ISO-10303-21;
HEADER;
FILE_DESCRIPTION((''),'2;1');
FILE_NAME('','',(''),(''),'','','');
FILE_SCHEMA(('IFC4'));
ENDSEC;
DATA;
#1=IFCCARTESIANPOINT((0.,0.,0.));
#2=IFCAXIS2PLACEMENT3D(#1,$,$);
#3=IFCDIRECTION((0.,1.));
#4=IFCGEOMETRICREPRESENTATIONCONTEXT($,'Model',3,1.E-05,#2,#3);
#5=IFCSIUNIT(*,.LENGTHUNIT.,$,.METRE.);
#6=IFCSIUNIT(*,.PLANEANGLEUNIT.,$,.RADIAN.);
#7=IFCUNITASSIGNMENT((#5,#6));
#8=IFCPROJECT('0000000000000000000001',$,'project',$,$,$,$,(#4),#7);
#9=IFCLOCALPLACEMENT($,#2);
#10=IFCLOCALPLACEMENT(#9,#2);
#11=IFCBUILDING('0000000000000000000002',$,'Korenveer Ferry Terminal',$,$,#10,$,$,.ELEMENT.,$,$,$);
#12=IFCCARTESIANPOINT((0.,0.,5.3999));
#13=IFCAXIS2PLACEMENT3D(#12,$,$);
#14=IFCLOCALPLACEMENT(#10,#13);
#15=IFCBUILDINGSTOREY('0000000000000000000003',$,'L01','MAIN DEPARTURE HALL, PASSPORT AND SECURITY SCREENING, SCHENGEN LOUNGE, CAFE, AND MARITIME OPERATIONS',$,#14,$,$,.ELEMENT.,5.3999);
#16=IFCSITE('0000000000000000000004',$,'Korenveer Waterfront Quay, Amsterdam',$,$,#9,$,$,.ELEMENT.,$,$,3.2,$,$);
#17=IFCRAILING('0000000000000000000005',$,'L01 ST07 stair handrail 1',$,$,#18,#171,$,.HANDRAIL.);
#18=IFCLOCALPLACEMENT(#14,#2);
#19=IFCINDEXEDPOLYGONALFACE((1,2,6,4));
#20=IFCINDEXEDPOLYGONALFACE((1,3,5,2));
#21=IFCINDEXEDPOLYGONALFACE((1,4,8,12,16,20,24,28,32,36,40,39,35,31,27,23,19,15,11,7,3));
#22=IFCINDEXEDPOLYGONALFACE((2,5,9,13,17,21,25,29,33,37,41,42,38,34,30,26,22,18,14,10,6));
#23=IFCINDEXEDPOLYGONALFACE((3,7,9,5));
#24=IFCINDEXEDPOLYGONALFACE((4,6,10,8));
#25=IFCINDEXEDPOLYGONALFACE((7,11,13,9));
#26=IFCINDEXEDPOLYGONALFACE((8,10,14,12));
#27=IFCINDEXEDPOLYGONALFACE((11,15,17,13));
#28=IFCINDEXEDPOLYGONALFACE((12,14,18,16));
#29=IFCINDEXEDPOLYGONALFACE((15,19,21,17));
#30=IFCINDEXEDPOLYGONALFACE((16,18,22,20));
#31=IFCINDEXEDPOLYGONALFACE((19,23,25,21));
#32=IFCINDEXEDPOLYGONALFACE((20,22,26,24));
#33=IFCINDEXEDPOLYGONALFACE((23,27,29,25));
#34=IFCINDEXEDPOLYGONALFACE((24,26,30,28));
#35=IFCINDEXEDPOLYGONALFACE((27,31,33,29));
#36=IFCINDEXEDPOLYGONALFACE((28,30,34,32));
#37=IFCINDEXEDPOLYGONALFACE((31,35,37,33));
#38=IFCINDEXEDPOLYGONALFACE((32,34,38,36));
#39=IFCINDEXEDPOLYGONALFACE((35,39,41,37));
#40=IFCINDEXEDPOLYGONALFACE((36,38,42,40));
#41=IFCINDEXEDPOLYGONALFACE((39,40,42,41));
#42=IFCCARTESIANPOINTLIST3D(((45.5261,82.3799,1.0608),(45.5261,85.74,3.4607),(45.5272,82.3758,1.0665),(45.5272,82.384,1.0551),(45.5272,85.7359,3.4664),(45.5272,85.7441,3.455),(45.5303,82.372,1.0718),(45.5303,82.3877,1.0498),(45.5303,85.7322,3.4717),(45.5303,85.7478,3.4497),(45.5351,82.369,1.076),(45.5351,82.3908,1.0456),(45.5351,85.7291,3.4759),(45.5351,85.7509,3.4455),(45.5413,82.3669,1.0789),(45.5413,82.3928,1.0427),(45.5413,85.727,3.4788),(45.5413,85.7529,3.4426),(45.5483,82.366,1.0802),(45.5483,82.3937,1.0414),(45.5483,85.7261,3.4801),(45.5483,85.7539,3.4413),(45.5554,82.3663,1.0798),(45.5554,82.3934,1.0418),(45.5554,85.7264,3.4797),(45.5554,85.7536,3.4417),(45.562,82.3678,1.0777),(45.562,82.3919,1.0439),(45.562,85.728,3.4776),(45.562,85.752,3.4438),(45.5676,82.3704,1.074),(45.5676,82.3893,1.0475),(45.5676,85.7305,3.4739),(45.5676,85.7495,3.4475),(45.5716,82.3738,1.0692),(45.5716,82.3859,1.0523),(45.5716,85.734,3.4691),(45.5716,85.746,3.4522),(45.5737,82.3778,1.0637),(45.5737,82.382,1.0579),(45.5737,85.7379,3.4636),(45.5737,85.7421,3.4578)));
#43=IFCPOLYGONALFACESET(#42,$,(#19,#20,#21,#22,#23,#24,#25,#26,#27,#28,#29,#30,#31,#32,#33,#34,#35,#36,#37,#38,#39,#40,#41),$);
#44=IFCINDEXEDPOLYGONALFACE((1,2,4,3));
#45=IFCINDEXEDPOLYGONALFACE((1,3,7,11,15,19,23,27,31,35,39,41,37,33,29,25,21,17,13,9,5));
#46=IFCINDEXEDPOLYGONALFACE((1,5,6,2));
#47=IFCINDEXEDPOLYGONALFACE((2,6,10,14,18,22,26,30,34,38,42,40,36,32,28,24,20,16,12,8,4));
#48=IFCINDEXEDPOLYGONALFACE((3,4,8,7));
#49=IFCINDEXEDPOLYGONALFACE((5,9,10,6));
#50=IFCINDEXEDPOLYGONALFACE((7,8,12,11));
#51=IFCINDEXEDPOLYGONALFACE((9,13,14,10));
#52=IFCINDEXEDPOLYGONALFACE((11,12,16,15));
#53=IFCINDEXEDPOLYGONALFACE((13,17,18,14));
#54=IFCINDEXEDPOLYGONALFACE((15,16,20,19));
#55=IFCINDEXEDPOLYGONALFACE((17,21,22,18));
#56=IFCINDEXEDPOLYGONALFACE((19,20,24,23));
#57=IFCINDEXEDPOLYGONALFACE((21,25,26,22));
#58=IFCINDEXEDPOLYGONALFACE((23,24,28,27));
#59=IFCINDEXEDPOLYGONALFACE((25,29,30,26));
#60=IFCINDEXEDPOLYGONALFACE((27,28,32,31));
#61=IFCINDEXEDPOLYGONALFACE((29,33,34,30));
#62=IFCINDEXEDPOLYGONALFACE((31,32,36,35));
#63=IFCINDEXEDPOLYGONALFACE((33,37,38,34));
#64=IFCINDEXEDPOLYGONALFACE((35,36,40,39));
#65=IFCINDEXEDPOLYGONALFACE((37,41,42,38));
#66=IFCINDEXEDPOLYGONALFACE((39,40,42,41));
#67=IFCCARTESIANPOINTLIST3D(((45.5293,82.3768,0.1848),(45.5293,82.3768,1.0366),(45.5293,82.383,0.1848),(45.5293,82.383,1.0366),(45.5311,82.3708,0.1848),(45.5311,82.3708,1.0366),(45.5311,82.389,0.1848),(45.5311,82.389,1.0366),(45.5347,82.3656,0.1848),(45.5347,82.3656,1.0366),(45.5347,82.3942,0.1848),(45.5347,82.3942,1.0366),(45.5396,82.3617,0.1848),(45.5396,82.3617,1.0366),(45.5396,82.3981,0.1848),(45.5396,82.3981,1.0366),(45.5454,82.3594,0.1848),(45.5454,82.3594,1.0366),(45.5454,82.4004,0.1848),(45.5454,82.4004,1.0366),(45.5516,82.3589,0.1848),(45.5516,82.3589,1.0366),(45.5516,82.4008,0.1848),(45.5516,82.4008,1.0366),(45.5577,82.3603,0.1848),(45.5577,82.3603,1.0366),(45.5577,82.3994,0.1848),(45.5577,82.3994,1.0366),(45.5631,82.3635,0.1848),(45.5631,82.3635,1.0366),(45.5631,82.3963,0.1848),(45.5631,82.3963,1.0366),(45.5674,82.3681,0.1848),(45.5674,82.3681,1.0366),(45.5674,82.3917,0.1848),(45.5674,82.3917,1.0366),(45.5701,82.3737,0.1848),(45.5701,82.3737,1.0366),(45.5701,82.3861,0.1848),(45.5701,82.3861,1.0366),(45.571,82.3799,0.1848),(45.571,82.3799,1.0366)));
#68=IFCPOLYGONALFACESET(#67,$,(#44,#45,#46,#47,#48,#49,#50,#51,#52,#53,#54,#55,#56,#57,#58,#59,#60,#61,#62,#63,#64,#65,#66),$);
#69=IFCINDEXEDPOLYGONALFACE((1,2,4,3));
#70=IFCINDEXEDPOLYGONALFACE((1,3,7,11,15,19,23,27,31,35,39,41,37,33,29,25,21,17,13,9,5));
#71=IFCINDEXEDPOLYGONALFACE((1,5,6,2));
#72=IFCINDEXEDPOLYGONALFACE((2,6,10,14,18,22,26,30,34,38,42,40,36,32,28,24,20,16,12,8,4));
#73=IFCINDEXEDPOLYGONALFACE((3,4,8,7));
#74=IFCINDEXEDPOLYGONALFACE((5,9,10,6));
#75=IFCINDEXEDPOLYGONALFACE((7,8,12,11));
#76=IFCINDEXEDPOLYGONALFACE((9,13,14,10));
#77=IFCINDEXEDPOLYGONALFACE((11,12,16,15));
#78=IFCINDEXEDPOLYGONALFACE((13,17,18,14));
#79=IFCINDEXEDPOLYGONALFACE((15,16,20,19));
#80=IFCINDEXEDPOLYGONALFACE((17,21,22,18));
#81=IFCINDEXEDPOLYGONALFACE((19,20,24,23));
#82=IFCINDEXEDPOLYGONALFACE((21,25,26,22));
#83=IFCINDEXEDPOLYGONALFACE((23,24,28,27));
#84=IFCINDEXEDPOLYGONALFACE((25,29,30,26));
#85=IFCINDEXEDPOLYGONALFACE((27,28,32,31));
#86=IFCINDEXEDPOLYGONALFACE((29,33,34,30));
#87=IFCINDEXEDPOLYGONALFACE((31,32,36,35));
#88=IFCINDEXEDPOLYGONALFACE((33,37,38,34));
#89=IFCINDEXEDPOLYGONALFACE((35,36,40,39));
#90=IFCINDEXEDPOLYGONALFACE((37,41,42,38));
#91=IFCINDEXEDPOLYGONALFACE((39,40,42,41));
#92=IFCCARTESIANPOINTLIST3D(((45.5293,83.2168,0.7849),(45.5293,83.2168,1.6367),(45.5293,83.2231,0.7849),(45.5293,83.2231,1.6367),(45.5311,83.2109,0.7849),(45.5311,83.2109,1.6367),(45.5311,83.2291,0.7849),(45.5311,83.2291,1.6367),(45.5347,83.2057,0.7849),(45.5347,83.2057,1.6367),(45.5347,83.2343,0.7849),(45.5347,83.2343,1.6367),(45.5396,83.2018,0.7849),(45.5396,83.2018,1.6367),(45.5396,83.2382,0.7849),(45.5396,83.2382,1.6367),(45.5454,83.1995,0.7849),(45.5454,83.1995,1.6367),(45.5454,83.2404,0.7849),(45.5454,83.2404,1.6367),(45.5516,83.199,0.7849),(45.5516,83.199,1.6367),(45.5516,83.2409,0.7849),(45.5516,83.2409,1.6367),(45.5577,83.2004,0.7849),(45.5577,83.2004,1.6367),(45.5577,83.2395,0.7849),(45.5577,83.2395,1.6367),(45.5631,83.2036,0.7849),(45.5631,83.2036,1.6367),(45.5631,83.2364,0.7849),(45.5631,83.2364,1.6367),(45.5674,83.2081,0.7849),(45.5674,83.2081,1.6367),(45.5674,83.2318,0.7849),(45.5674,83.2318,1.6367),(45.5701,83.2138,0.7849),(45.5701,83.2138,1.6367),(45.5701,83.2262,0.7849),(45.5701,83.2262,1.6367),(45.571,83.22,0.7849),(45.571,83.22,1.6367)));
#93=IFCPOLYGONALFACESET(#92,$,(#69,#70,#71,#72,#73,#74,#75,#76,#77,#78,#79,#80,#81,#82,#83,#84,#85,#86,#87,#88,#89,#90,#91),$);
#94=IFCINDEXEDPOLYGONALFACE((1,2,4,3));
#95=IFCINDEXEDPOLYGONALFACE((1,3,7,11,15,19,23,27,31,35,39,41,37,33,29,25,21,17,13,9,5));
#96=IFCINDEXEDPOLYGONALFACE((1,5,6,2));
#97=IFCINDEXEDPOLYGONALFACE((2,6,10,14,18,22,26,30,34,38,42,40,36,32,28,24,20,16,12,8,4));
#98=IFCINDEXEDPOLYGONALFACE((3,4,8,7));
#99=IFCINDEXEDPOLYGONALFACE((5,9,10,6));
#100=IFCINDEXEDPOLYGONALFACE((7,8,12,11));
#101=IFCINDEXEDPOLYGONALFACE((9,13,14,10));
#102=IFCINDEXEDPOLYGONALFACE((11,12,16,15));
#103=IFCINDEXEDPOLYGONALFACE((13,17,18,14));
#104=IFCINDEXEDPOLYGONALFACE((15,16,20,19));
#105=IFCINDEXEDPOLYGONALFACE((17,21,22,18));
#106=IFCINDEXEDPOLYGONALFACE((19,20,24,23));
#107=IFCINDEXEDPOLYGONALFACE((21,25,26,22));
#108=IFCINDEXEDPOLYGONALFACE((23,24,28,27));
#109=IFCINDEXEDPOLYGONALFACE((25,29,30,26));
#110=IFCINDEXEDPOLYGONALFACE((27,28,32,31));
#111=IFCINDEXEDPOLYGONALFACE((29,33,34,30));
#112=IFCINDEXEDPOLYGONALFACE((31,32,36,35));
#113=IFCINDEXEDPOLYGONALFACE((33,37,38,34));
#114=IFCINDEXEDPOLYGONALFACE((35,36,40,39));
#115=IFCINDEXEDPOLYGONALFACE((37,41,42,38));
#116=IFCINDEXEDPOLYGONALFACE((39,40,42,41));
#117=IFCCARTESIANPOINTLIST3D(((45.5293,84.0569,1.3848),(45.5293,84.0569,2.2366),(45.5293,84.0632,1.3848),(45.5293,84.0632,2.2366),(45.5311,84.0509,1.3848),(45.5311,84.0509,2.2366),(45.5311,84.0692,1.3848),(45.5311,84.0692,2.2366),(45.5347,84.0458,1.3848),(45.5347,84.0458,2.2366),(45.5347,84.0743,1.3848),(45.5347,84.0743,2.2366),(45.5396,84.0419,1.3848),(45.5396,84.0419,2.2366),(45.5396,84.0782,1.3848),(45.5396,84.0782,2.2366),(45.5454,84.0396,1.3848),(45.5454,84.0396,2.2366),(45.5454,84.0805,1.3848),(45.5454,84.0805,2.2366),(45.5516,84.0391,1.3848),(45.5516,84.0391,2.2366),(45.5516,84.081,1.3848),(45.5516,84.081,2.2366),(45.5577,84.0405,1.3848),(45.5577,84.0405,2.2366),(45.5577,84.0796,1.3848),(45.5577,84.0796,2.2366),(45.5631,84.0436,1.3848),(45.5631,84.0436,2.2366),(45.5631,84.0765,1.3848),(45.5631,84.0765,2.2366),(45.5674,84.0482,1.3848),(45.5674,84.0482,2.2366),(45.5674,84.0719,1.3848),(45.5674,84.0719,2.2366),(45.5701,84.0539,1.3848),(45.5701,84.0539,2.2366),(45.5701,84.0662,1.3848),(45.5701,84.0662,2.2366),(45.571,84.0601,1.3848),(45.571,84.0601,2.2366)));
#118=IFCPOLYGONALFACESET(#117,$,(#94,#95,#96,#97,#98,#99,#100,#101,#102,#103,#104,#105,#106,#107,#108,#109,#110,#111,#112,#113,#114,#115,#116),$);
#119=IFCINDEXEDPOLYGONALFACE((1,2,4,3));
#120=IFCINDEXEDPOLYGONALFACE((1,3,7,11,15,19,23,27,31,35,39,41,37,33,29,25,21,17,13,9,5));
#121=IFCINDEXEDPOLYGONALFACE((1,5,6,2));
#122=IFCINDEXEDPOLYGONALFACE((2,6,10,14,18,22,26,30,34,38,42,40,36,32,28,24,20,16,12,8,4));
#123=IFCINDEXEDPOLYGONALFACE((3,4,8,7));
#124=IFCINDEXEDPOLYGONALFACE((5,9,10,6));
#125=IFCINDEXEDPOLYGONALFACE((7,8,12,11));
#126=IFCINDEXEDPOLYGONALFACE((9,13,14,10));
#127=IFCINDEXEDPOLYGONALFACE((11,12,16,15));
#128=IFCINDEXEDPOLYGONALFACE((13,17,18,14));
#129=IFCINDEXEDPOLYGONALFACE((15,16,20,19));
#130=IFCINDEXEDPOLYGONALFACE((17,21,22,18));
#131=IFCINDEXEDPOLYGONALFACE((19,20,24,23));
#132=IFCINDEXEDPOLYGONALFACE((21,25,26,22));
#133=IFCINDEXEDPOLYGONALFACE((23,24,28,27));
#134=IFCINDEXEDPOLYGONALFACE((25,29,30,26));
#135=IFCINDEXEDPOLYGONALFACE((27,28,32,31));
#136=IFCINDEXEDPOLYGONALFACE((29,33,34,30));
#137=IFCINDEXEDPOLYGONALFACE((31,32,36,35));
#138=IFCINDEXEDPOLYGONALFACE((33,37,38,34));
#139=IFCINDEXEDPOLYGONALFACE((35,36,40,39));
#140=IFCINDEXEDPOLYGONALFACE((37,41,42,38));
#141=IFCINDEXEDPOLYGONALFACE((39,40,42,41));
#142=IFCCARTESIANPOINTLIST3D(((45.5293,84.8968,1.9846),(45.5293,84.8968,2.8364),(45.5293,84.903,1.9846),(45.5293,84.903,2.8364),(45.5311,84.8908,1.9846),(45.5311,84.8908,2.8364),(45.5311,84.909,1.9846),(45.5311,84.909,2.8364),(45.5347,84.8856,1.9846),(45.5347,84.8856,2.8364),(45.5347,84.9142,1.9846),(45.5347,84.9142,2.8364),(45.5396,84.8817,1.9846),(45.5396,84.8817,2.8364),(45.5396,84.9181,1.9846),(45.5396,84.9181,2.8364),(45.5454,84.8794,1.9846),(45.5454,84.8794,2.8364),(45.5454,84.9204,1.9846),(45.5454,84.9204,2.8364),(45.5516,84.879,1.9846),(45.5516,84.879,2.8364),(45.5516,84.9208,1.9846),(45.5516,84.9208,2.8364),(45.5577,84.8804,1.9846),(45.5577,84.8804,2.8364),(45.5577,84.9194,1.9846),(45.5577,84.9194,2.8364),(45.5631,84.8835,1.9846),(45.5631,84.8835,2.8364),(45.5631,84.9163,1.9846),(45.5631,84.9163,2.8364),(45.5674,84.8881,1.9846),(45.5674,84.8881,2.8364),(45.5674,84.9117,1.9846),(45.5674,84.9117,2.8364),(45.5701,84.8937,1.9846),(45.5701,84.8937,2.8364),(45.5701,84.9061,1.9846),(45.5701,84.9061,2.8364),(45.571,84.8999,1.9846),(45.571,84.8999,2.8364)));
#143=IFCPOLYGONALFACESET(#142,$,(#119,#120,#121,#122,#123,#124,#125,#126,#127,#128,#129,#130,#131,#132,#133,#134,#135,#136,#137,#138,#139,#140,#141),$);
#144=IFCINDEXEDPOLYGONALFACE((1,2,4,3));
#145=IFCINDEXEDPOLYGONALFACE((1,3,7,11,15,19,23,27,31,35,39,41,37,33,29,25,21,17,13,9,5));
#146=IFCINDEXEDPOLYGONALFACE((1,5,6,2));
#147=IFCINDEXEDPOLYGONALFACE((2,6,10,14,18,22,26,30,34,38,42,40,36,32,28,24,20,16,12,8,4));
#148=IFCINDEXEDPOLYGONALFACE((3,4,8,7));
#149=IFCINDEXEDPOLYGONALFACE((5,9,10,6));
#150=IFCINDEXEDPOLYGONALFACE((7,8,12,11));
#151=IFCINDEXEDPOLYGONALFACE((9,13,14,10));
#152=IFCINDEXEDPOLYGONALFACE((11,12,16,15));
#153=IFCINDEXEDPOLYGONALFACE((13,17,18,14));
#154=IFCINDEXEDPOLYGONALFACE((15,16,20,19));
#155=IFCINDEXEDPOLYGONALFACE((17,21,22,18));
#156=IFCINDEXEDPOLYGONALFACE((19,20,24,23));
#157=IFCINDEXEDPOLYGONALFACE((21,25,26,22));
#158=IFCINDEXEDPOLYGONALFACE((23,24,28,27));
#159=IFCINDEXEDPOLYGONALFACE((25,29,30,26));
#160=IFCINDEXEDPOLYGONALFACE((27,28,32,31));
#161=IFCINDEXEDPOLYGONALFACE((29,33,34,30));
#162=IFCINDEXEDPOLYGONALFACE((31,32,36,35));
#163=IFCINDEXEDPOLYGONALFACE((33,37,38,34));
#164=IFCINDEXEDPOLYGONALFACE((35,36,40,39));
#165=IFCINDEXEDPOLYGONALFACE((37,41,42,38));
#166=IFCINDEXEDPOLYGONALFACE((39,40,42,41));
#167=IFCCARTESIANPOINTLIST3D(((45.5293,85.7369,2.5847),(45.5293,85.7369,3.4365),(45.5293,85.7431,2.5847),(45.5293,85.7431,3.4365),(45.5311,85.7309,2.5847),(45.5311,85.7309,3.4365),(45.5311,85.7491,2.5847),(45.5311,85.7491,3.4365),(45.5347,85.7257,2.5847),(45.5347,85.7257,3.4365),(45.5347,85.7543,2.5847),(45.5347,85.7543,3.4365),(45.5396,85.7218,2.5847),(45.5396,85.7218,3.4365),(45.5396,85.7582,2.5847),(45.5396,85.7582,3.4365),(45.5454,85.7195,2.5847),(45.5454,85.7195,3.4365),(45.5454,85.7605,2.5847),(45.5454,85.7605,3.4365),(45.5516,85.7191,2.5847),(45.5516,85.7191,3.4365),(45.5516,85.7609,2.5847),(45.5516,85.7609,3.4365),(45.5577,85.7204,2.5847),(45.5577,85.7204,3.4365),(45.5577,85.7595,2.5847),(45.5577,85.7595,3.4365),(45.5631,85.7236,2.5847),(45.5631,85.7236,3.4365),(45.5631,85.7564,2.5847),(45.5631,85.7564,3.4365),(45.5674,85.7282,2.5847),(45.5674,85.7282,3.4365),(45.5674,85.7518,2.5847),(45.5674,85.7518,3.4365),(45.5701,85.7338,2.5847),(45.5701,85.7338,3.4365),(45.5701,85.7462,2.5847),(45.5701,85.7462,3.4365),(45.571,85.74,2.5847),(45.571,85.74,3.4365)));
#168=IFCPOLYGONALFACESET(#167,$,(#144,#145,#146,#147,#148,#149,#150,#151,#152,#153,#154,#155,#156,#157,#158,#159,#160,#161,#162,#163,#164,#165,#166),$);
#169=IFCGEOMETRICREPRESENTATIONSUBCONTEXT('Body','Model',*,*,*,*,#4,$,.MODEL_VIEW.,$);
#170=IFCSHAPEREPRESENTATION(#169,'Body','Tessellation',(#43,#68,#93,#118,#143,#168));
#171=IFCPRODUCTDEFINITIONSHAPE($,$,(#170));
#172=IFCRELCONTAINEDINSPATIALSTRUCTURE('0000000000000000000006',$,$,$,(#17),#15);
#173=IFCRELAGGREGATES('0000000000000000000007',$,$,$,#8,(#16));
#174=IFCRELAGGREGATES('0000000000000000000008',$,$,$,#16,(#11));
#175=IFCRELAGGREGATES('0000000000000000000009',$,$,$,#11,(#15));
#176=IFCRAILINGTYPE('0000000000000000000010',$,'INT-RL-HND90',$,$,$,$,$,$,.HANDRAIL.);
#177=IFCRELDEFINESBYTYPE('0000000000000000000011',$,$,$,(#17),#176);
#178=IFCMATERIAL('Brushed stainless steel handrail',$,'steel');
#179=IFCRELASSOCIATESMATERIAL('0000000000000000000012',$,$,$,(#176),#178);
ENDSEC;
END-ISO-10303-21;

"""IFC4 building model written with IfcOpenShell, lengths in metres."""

from ifc_helpers import new_model, si_unit, direction, frame, origin, origin_2d, place, context, subcontext, project, spatial, circle, extrude, material, type_object, element, save


model = new_model("IFC4")

# Units and contexts
model_context = context("Model", 3, precision=1e-05, world=origin(), true_north=direction((0.0, 1.0)))
body_context = subcontext(model_context, "Body", "Model", "MODEL_VIEW")
ifc_project = project(units=[si_unit("LENGTHUNIT", "METRE"), si_unit("PLANEANGLEUNIT", "RADIAN")], contexts=[model_context])

# Site, building, storey
site_placement = place(None, origin())
site = spatial("IfcSite", under=ifc_project, at=site_placement, Name="Korenveer Waterfront Quay, Amsterdam", CompositionType="ELEMENT", RefElevation=3.2)
building_placement = place(site_placement, origin())
building = spatial("IfcBuilding", under=site, at=building_placement, Name="Korenveer Ferry Terminal", CompositionType="ELEMENT")
storey_placement = place(building_placement, frame((0.0, 0.0, 5.3999)))
storey = spatial("IfcBuildingStorey", under=building, at=storey_placement, Name="L01", Description="MAIN DEPARTURE HALL, PASSPORT AND SECURITY SCREENING, SCHENGEN LOUNGE, CAFE, AND MARITIME OPERATIONS", CompositionType="ELEMENT", Elevation=5.3999)

# Railing
ifc_material_1 = material(Name="Brushed stainless steel handrail", Category="steel")
railing_type_1 = type_object("IfcRailingType", Name="INT-RL-HND90", PredefinedType="HANDRAIL", material=ifc_material_1)
railing_1_placement = place(storey_placement, frame((45.55, 82.3799, 0.1848)))
element("IfcRailing", 1, at=railing_1_placement, inside=storey, type_object=railing_type_1, Name="L01 ST07 stair handrail 1", PredefinedType="HANDRAIL", context=body_context, shape_type="SweptSolid", body=[
    extrude(circle(Radius=0.0239, at=origin_2d()), frame((0.0, 0.0, 0.876), z_axis=(0.0, 0.813753, 0.58121), x_axis=(-1.0, 0.0, 0.0)), (0.0, 0.0, 1.0), 4.1292),
    extrude(circle(Radius=0.021, at=origin_2d()), origin(), (0.0, 0.0, 1.0), 0.8518),
    extrude(circle(Radius=0.021, at=origin_2d()), frame((0.0, 0.8401, 0.6001)), (0.0, 0.0, 1.0), 0.8518),
    extrude(circle(Radius=0.021, at=origin_2d()), frame((0.0, 1.6802, 1.2)), (0.0, 0.0, 1.0), 0.8518),
    extrude(circle(Radius=0.021, at=origin_2d()), frame((0.0, 2.52, 1.7998)), (0.0, 0.0, 1.0), 0.8518),
    extrude(circle(Radius=0.021, at=origin_2d()), frame((0.0, 3.3601, 2.3999)), (0.0, 0.0, 1.0), 0.8518),
])

save(model, "model.ifc")
